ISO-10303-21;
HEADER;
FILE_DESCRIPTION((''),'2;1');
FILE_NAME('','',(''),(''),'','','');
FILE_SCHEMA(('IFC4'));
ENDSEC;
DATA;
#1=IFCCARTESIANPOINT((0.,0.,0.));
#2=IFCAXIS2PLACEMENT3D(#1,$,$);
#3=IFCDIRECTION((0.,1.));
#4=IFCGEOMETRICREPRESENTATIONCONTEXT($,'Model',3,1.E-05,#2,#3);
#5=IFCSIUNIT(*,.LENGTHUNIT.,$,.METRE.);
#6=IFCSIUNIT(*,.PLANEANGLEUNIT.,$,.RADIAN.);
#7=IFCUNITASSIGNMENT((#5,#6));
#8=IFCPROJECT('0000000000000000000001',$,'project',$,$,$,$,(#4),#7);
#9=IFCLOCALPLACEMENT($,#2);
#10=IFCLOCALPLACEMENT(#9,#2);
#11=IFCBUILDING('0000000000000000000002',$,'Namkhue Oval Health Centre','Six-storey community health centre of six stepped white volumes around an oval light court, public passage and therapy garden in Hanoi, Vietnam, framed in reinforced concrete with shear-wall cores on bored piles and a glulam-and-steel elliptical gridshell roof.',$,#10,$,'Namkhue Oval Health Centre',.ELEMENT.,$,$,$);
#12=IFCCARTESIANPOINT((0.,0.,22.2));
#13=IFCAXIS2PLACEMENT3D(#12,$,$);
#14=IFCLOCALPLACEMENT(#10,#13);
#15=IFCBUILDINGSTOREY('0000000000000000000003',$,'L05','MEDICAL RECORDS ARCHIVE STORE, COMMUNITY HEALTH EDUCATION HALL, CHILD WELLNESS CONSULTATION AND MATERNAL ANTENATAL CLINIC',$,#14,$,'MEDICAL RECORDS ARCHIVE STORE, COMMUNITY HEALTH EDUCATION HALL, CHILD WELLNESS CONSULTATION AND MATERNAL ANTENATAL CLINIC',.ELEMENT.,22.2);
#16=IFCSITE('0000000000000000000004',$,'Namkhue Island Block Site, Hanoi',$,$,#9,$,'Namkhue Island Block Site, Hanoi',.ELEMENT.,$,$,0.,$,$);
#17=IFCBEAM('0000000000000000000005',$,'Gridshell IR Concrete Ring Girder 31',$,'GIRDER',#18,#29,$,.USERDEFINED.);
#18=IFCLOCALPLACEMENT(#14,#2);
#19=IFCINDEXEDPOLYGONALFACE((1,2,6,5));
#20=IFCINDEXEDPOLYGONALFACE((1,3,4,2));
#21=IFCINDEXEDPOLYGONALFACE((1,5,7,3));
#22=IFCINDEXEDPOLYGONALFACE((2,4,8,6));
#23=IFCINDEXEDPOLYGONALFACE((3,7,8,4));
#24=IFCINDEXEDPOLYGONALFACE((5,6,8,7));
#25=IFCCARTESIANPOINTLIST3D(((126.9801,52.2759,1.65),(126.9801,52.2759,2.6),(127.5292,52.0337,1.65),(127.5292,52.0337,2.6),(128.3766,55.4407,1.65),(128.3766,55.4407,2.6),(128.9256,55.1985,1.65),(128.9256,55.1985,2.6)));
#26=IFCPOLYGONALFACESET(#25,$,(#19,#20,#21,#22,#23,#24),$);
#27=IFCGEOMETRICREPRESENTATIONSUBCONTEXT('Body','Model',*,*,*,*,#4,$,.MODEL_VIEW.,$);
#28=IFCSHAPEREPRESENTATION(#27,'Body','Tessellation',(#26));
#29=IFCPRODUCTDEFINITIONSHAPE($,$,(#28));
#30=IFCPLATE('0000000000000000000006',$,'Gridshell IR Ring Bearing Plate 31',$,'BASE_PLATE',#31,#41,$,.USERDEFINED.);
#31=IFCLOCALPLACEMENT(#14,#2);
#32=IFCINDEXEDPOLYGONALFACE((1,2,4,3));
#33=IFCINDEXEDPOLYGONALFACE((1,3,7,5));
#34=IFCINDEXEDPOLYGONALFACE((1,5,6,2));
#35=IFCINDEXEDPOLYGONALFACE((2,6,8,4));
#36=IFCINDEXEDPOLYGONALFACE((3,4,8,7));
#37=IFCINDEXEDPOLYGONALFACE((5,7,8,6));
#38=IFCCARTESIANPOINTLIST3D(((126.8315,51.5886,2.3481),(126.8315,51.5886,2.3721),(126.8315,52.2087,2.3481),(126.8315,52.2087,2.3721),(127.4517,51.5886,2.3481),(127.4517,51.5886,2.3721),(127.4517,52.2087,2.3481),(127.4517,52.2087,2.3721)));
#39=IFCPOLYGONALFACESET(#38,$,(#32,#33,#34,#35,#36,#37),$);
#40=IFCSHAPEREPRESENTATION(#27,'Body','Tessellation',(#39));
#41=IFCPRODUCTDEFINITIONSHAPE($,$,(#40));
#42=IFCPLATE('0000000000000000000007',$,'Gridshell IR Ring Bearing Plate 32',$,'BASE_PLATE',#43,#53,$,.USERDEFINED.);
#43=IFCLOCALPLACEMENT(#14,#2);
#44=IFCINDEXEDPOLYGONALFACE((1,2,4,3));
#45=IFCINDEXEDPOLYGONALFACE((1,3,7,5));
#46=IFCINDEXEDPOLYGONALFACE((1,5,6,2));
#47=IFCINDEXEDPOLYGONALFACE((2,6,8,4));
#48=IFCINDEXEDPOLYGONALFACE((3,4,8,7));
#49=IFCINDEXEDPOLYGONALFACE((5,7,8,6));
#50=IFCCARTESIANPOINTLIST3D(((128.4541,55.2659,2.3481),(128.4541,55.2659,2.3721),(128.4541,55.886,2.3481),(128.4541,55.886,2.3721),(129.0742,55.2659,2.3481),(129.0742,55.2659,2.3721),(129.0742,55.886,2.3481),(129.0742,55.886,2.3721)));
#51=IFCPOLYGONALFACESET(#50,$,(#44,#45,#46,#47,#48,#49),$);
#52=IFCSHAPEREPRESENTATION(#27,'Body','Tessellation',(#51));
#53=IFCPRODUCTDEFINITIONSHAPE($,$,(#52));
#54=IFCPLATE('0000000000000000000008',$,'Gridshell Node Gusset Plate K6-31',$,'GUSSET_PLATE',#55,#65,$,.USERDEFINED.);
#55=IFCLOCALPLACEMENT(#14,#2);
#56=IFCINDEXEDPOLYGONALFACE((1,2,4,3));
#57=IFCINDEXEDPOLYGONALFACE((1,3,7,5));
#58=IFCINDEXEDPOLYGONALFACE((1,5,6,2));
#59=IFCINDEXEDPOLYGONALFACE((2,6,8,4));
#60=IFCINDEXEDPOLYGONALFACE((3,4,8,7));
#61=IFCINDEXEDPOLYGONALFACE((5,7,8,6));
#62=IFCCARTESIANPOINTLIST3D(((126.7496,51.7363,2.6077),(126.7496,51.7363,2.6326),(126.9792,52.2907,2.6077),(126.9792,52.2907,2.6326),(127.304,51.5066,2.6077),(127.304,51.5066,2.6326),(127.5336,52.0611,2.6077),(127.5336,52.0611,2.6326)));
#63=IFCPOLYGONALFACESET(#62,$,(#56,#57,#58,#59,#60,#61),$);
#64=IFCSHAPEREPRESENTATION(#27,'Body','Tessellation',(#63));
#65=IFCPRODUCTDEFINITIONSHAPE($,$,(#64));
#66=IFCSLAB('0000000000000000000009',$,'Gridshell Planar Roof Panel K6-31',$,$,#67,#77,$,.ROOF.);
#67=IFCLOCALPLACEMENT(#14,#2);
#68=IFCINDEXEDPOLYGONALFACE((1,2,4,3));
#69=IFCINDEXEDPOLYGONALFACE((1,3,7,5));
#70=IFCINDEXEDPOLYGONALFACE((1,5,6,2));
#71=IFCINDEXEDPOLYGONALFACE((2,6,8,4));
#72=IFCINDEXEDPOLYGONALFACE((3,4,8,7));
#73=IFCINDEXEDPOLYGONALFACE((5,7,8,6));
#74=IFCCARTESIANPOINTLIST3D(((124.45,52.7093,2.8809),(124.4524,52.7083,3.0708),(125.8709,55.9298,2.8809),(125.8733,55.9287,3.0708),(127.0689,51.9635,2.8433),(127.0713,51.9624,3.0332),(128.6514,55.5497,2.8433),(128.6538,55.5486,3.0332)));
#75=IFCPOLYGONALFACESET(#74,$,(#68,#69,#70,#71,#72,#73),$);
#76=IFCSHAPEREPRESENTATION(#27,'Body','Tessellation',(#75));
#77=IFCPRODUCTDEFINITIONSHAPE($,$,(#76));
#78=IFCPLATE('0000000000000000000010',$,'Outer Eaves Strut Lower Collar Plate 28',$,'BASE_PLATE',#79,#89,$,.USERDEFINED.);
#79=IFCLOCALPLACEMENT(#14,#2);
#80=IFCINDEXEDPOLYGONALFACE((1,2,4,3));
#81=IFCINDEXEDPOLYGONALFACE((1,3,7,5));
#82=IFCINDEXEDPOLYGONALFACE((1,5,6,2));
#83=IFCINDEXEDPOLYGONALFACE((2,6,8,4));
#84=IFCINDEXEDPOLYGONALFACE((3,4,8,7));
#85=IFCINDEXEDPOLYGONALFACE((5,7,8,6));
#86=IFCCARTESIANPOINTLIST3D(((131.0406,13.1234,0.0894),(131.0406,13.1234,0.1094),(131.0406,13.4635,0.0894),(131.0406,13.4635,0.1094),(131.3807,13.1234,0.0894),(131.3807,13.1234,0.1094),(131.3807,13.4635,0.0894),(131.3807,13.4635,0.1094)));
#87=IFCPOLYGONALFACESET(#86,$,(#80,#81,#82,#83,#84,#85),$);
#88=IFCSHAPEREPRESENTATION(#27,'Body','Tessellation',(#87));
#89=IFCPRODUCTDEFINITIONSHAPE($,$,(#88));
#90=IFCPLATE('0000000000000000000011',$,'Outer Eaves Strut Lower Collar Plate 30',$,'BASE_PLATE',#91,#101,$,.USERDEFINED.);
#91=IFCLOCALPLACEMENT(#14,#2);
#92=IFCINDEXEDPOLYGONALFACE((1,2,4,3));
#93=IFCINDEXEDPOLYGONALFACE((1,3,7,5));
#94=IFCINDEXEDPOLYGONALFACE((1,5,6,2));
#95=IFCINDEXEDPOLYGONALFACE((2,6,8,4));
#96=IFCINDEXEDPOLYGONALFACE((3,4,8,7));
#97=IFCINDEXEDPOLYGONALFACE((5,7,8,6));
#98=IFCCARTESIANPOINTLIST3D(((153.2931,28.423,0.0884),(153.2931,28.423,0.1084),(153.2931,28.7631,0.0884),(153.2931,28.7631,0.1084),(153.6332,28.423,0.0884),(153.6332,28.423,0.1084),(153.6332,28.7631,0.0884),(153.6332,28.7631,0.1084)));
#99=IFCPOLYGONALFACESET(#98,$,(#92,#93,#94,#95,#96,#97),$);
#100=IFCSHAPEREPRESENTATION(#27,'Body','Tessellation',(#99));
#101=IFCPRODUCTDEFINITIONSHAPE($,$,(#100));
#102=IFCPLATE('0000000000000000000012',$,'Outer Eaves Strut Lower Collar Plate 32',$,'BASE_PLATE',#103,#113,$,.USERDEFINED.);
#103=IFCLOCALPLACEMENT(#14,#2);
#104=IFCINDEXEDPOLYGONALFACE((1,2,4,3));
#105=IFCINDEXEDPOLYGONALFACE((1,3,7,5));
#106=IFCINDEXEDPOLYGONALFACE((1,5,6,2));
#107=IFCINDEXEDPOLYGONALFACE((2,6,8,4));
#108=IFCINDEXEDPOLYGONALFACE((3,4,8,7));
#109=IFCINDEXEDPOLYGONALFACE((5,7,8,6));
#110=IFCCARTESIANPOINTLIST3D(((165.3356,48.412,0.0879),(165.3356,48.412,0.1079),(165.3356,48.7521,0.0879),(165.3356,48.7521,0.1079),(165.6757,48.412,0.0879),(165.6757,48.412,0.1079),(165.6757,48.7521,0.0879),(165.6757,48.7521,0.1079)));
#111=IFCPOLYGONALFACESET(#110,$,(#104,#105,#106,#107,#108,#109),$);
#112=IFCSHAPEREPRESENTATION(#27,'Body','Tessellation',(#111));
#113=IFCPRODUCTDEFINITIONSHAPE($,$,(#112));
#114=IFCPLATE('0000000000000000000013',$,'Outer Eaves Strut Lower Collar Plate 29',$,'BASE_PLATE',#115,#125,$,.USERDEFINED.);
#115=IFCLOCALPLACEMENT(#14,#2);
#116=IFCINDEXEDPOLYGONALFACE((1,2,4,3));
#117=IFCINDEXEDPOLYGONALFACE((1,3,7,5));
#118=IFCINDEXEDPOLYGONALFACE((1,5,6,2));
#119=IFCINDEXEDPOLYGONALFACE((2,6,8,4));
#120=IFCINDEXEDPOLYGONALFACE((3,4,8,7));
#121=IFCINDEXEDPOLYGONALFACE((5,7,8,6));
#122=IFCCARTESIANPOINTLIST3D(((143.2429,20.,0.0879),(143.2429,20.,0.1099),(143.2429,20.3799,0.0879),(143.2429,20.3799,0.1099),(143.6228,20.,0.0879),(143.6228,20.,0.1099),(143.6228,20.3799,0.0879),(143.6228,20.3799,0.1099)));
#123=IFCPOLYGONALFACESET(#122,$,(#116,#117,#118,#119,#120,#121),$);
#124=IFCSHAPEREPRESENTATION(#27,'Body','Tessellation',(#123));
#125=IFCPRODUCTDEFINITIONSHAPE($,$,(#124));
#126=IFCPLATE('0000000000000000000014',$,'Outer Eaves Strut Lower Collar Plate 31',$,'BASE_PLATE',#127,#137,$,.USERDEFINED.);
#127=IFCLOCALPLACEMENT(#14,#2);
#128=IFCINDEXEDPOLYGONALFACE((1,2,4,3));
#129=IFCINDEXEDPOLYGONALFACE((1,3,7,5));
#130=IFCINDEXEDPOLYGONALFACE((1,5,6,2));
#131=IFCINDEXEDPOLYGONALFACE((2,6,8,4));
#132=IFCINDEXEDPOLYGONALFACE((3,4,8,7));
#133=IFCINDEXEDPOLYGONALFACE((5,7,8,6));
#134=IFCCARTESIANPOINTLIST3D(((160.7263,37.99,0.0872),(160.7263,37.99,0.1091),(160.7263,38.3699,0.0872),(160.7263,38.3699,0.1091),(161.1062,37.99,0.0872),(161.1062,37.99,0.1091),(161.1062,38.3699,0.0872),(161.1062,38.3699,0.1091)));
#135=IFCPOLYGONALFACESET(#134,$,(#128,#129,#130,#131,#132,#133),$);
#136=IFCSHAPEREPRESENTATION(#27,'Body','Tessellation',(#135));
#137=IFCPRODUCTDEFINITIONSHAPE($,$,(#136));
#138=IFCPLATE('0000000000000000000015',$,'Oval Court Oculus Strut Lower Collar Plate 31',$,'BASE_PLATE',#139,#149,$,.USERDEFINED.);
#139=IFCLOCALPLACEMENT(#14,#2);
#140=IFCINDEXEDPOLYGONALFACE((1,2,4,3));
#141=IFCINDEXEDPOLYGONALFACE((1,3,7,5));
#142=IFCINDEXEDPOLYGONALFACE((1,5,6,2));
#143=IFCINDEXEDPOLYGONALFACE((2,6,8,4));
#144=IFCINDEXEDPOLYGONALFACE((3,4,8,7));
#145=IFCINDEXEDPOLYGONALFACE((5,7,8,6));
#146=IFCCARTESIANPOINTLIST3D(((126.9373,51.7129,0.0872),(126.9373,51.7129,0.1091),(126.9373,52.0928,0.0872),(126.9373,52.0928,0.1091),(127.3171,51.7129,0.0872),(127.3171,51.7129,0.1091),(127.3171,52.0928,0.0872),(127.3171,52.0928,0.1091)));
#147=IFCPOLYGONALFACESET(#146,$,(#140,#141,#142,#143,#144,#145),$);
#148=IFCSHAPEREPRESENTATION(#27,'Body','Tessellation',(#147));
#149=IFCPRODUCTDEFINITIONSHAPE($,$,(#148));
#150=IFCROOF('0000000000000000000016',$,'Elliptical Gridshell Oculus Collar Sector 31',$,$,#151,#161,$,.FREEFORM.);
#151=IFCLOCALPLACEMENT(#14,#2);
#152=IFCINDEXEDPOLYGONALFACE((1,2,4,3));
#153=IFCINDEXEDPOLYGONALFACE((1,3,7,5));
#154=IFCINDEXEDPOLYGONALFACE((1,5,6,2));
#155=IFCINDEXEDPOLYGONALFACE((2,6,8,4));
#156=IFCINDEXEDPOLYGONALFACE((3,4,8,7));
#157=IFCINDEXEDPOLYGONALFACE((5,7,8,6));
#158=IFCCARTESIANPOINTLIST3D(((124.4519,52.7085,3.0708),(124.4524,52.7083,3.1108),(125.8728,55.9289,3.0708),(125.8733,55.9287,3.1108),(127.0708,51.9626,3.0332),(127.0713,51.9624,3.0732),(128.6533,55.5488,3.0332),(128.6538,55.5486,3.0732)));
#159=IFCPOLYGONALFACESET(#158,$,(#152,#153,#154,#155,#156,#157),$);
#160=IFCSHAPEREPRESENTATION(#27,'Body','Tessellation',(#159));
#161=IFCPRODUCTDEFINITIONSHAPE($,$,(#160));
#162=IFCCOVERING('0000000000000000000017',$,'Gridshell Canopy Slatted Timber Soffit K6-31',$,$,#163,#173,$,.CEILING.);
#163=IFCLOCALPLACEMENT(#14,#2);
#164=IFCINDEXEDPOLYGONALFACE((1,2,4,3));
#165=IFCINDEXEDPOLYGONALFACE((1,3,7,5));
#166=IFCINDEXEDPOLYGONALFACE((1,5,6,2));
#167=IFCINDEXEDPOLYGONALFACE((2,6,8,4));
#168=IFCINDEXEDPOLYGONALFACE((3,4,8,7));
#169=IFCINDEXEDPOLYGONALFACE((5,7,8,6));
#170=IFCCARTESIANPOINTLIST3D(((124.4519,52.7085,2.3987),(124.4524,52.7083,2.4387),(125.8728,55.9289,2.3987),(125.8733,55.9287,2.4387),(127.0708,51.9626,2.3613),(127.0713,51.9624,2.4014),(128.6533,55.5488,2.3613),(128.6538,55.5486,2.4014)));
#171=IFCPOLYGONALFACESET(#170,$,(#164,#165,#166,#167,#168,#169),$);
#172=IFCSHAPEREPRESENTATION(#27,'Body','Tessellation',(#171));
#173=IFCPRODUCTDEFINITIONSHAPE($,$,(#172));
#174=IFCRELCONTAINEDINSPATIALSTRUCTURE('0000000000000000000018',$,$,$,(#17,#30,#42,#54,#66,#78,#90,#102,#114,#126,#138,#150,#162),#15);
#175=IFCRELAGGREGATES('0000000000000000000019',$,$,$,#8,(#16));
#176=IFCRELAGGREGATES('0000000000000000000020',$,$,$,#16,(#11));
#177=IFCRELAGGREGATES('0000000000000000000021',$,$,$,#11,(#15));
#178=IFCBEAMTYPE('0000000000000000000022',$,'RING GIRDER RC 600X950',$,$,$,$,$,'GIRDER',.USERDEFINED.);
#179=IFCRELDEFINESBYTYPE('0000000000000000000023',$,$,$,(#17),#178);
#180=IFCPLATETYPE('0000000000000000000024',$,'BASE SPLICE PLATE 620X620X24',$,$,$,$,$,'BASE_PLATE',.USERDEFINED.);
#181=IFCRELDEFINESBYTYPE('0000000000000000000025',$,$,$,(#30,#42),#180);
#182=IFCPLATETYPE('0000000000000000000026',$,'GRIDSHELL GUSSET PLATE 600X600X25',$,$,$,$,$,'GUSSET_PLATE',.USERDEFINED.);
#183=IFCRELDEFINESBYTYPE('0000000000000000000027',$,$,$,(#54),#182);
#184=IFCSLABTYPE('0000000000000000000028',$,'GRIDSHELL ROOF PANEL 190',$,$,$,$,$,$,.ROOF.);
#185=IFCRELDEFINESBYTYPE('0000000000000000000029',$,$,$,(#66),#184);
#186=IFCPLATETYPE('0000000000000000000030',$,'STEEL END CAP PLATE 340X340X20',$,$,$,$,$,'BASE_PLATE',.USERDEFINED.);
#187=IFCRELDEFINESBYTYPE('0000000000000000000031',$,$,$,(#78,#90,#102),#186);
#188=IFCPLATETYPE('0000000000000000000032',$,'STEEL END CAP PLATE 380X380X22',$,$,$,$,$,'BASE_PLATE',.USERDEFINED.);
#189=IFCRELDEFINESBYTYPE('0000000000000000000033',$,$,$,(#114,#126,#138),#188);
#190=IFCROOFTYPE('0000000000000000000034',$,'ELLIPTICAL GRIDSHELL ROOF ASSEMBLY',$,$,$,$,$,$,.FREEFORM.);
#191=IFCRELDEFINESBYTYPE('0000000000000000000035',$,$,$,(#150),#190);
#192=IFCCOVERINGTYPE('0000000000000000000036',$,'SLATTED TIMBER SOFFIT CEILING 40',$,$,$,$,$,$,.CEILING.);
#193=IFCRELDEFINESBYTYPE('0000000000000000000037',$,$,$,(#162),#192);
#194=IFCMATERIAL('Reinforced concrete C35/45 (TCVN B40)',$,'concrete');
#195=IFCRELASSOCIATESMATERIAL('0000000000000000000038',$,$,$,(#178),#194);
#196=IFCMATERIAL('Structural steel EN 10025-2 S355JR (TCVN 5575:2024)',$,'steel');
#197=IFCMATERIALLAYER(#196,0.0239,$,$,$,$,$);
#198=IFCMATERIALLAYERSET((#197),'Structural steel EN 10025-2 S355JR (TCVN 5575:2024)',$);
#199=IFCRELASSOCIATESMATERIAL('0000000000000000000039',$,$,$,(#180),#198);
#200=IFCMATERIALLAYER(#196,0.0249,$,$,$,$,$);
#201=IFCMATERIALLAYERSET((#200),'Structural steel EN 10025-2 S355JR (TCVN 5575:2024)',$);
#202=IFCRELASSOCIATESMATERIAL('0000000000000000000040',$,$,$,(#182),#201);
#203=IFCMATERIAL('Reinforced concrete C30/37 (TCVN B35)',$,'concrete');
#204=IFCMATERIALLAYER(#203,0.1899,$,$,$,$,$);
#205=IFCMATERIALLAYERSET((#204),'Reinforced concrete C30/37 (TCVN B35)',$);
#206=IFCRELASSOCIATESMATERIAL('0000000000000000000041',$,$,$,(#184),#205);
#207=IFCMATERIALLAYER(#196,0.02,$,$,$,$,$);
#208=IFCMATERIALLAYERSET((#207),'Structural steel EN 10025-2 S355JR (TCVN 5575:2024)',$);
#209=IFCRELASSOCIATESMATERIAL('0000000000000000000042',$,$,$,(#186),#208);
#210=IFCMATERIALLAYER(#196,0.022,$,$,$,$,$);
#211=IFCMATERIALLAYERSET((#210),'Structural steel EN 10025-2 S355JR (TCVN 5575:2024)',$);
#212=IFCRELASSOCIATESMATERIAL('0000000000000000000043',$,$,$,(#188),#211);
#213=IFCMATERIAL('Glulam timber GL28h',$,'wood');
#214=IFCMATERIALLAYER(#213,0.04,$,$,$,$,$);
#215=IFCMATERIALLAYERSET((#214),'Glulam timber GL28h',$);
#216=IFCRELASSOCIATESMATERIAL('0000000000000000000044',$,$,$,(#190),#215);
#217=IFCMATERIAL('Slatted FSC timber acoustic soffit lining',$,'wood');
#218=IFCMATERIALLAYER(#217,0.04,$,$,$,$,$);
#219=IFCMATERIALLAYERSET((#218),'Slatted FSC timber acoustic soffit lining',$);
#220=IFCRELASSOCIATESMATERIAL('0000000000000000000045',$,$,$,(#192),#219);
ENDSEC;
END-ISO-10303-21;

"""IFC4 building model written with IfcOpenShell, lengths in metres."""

from ifc_helpers import new_model, si_unit, direction, frame, origin, origin_2d, place, context, subcontext, project, spatial, polyline, rectangle, outline, extrude, material, layer, layer_set, material_profile, profile_set, type_object, element, save


model = new_model("IFC4")

# Units and contexts
model_context = context("Model", 3, precision=1e-05, world=origin(), true_north=direction((0.0, 1.0)))
body_context = subcontext(model_context, "Body", "Model", "MODEL_VIEW")
ifc_project = project(units=[si_unit("LENGTHUNIT", "METRE"), si_unit("PLANEANGLEUNIT", "RADIAN")], contexts=[model_context])

# Site, building, storey
site_placement = place(None, origin())
site = spatial("IfcSite", under=ifc_project, at=site_placement, Name="Namkhue Island Block Site, Hanoi", LongName="Namkhue Island Block Site, Hanoi", CompositionType="ELEMENT", RefElevation=0.0)
building_placement = place(site_placement, origin())
building = spatial("IfcBuilding", under=site, at=building_placement, Name="Namkhue Oval Health Centre", Description="Six-storey community health centre of six stepped white volumes around an oval light court, public passage and therapy garden in Hanoi, Vietnam, framed in reinforced concrete with shear-wall cores on bored piles and a glulam-and-steel elliptical gridshell roof.", LongName="Namkhue Oval Health Centre", CompositionType="ELEMENT")
storey_placement = place(building_placement, frame((0.0, 0.0, 22.2)))
storey = spatial("IfcBuildingStorey", under=building, at=storey_placement, Name="L05", Description="MEDICAL RECORDS ARCHIVE STORE, COMMUNITY HEALTH EDUCATION HALL, CHILD WELLNESS CONSULTATION AND MATERNAL ANTENATAL CLINIC", LongName="MEDICAL RECORDS ARCHIVE STORE, COMMUNITY HEALTH EDUCATION HALL, CHILD WELLNESS CONSULTATION AND MATERNAL ANTENATAL CLINIC", CompositionType="ELEMENT", Elevation=22.2)

# Shared definitions
ifc_material_1 = material(Name="Reinforced concrete C35/45 (TCVN B40)", Category="concrete")

# Shared definitions
ifc_material_2 = material(Name="Structural steel EN 10025-2 S355JR (TCVN 5575:2024)", Category="steel")
ifc_material_3 = material(Name="Glulam timber GL28h", Category="wood")

# Beam
ifc_material_profile_1 = material_profile(ifc_material_1, rectangle(XDim=0.6001, YDim=0.95, at=origin_2d()), Name="RC 600x950")
ifc_profile_set_1 = profile_set([ifc_material_profile_1], Name="Reinforced concrete C35/45 (TCVN B40)")
beam_type = type_object("IfcBeamType", Name="RING GIRDER RC 600X950", ElementType="GIRDER", PredefinedType="USERDEFINED", material=ifc_profile_set_1)
beam_1_placement = place(storey_placement, frame((127.2546, 52.1548, 2.125), z_axis=(0.403701, 0.914891, 0.0), x_axis=(-0.914891, 0.403701, 0.0)))
element("IfcBeam", 1, at=beam_1_placement, inside=storey, type_object=beam_type, Name="Gridshell IR Concrete Ring Girder 31", ObjectType="GIRDER", PredefinedType="USERDEFINED", context=body_context, shape_type="SweptSolid", body=[
    extrude(rectangle(XDim=0.6001, YDim=0.95, at=origin_2d()), origin(), (0.0, 0.0, 1.0), 3.4592),
])

# Plates
ifc_layer_1 = layer(ifc_material_2, 0.0239)
ifc_layer_set_1 = layer_set([ifc_layer_1], Name="Structural steel EN 10025-2 S355JR (TCVN 5575:2024)")
plate_type_1 = type_object("IfcPlateType", Name="BASE SPLICE PLATE 620X620X24", ElementType="BASE_PLATE", PredefinedType="USERDEFINED", material=ifc_layer_set_1)
for number, where, z_axis, x_axis, name in (
    (2, (127.1416, 51.8987, 2.3481), (0.0, 0.0, 1.0), (1.0, 0.0, 0.0), "Gridshell IR Ring Bearing Plate 31"),
    (3, (128.7642, 55.5759, 2.3481), (0.0, 0.0, 1.0), (1.0, 0.0, 0.0), "Gridshell IR Ring Bearing Plate 32"),
):
    element("IfcPlate", number, at=place(storey_placement, frame(where, z_axis=z_axis, x_axis=x_axis)), inside=storey, type_object=plate_type_1, Name=name, ObjectType="BASE_PLATE", PredefinedType="USERDEFINED", context=body_context, shape_type="SweptSolid", body=[
        extrude(rectangle(XDim=0.6201, YDim=0.6201, at=origin_2d()), origin(), (0.0, 0.0, 1.0), 0.0239),
    ])
ifc_layer_2 = layer(ifc_material_2, 0.0249)
ifc_layer_set_2 = layer_set([ifc_layer_2], Name="Structural steel EN 10025-2 S355JR (TCVN 5575:2024)")
plate_type_2 = type_object("IfcPlateType", Name="GRIDSHELL GUSSET PLATE 600X600X25", ElementType="GUSSET_PLATE", PredefinedType="USERDEFINED", material=ifc_layer_set_2)
plate_placement = place(storey_placement, frame((127.1416, 51.8987, 2.6077), z_axis=(0.0, 0.0, 1.0), x_axis=(0.92388, -0.382683, 0.0)))
element("IfcPlate", 4, at=plate_placement, inside=storey, type_object=plate_type_2, Name="Gridshell Node Gusset Plate K6-31", ObjectType="GUSSET_PLATE", PredefinedType="USERDEFINED", context=body_context, shape_type="SweptSolid", body=[
    extrude(rectangle(XDim=0.6001, YDim=0.6001, at=origin_2d()), origin(), (0.0, 0.0, 1.0), 0.0249),
])

# Slab
ifc_material_4 = material(Name="Reinforced concrete C30/37 (TCVN B35)", Category="concrete")
ifc_layer_3 = layer(ifc_material_4, 0.1899)
ifc_layer_set_3 = layer_set([ifc_layer_3], Name="Reinforced concrete C30/37 (TCVN B35)")
slab_type = type_object("IfcSlabType", Name="GRIDSHELL ROOF PANEL 190", PredefinedType="ROOF", material=ifc_layer_set_3)
slab_placement = place(storey_placement, frame((127.0713, 51.9624, 3.0332), z_axis=(0.012752, -0.005627, 0.999903), x_axis=(0.403721, 0.914882, 0.0)))
element("IfcSlab", 5, at=slab_placement, inside=storey, type_object=slab_type, Name="Gridshell Planar Roof Panel K6-31", PredefinedType="ROOF", context=body_context, shape_type="SweptSolid", body=[
    extrude(outline(polyline([(0.0, 0.0), (3.9198, 0.0), (3.145, 2.6976), (-0.3749, 2.6974), (0.0, 0.0)])), origin(), (0.0, 0.0, -1.0), 0.1899),
])

# Plates
ifc_layer_4 = layer(ifc_material_2, 0.02)
ifc_layer_set_4 = layer_set([ifc_layer_4], Name="Structural steel EN 10025-2 S355JR (TCVN 5575:2024)")
plate_type_3 = type_object("IfcPlateType", Name="STEEL END CAP PLATE 340X340X20", ElementType="BASE_PLATE", PredefinedType="USERDEFINED", material=ifc_layer_set_4)
for number, where, z_axis, x_axis, name in (
    (6, (131.2107, 13.2935, 0.0894), (0.0, 0.0, 1.0), (1.0, 0.0, 0.0), "Outer Eaves Strut Lower Collar Plate 28"),
    (7, (153.4631, 28.593, 0.0884), (0.0, 0.0, 1.0), (1.0, 0.0, 0.0), "Outer Eaves Strut Lower Collar Plate 30"),
    (8, (165.5056, 48.582, 0.0879), (0.0, 0.0, 1.0), (1.0, 0.0, 0.0), "Outer Eaves Strut Lower Collar Plate 32"),
):
    element("IfcPlate", number, at=place(storey_placement, frame(where, z_axis=z_axis, x_axis=x_axis)), inside=storey, type_object=plate_type_3, Name=name, ObjectType="BASE_PLATE", PredefinedType="USERDEFINED", context=body_context, shape_type="SweptSolid", body=[
        extrude(rectangle(XDim=0.3401, YDim=0.3401, at=origin_2d()), origin(), (0.0, 0.0, 1.0), 0.02),
    ])
ifc_layer_5 = layer(ifc_material_2, 0.022)
ifc_layer_set_5 = layer_set([ifc_layer_5], Name="Structural steel EN 10025-2 S355JR (TCVN 5575:2024)")
plate_type_4 = type_object("IfcPlateType", Name="STEEL END CAP PLATE 380X380X22", ElementType="BASE_PLATE", PredefinedType="USERDEFINED", material=ifc_layer_set_5)
for number, where, z_axis, x_axis, name in (
    (9, (143.4329, 20.1899, 0.0879), (0.0, 0.0, 1.0), (1.0, 0.0, 0.0), "Outer Eaves Strut Lower Collar Plate 29"),
    (10, (160.9163, 38.1799, 0.0872), (0.0, 0.0, 1.0), (1.0, 0.0, 0.0), "Outer Eaves Strut Lower Collar Plate 31"),
    (11, (127.1272, 51.9028, 0.0872), (0.0, 0.0, 1.0), (1.0, 0.0, 0.0), "Oval Court Oculus Strut Lower Collar Plate 31"),
):
    element("IfcPlate", number, at=place(storey_placement, frame(where, z_axis=z_axis, x_axis=x_axis)), inside=storey, type_object=plate_type_4, Name=name, ObjectType="BASE_PLATE", PredefinedType="USERDEFINED", context=body_context, shape_type="SweptSolid", body=[
        extrude(rectangle(XDim=0.3799, YDim=0.3799, at=origin_2d()), origin(), (0.0, 0.0, 1.0), 0.022),
    ])

# Roof
ifc_layer_6 = layer(ifc_material_3, 0.04)
ifc_layer_set_6 = layer_set([ifc_layer_6], Name="Glulam timber GL28h")
roof_type = type_object("IfcRoofType", Name="ELLIPTICAL GRIDSHELL ROOF ASSEMBLY", PredefinedType="FREEFORM", material=ifc_layer_set_6)
roof_placement = place(storey_placement, frame((127.0713, 51.9624, 3.0732), z_axis=(0.012752, -0.005627, 0.999903), x_axis=(0.403721, 0.914882, 0.0)))
element("IfcRoof", 12, at=roof_placement, inside=storey, type_object=roof_type, Name="Elliptical Gridshell Oculus Collar Sector 31", PredefinedType="FREEFORM", context=body_context, shape_type="SweptSolid", body=[
    extrude(outline(polyline([(0.0, 0.0), (3.9198, 0.0), (3.145, 2.6976), (-0.3749, 2.6974), (0.0, 0.0)])), origin(), (0.0, 0.0, -1.0), 0.04),
])

# Covering
ifc_material_5 = material(Name="Slatted FSC timber acoustic soffit lining", Category="wood")
ifc_layer_7 = layer(ifc_material_5, 0.04)
ifc_layer_set_7 = layer_set([ifc_layer_7], Name="Slatted FSC timber acoustic soffit lining")
covering_type = type_object("IfcCoveringType", Name="SLATTED TIMBER SOFFIT CEILING 40", PredefinedType="CEILING", material=ifc_layer_set_7)
covering_placement = place(storey_placement, frame((127.0713, 51.9624, 2.4014), z_axis=(0.012669, -0.00559, 0.999904), x_axis=(0.403721, 0.914882, 0.0)))
element("IfcCovering", 13, at=covering_placement, inside=storey, type_object=covering_type, Name="Gridshell Canopy Slatted Timber Soffit K6-31", PredefinedType="CEILING", context=body_context, shape_type="SweptSolid", body=[
    extrude(outline(polyline([(0.0, 0.0), (3.9198, 0.0), (3.145, 2.6976), (-0.3749, 2.6974), (0.0, 0.0)])), origin(), (0.0, 0.0, -1.0), 0.04),
])

save(model, "model.ifc")
